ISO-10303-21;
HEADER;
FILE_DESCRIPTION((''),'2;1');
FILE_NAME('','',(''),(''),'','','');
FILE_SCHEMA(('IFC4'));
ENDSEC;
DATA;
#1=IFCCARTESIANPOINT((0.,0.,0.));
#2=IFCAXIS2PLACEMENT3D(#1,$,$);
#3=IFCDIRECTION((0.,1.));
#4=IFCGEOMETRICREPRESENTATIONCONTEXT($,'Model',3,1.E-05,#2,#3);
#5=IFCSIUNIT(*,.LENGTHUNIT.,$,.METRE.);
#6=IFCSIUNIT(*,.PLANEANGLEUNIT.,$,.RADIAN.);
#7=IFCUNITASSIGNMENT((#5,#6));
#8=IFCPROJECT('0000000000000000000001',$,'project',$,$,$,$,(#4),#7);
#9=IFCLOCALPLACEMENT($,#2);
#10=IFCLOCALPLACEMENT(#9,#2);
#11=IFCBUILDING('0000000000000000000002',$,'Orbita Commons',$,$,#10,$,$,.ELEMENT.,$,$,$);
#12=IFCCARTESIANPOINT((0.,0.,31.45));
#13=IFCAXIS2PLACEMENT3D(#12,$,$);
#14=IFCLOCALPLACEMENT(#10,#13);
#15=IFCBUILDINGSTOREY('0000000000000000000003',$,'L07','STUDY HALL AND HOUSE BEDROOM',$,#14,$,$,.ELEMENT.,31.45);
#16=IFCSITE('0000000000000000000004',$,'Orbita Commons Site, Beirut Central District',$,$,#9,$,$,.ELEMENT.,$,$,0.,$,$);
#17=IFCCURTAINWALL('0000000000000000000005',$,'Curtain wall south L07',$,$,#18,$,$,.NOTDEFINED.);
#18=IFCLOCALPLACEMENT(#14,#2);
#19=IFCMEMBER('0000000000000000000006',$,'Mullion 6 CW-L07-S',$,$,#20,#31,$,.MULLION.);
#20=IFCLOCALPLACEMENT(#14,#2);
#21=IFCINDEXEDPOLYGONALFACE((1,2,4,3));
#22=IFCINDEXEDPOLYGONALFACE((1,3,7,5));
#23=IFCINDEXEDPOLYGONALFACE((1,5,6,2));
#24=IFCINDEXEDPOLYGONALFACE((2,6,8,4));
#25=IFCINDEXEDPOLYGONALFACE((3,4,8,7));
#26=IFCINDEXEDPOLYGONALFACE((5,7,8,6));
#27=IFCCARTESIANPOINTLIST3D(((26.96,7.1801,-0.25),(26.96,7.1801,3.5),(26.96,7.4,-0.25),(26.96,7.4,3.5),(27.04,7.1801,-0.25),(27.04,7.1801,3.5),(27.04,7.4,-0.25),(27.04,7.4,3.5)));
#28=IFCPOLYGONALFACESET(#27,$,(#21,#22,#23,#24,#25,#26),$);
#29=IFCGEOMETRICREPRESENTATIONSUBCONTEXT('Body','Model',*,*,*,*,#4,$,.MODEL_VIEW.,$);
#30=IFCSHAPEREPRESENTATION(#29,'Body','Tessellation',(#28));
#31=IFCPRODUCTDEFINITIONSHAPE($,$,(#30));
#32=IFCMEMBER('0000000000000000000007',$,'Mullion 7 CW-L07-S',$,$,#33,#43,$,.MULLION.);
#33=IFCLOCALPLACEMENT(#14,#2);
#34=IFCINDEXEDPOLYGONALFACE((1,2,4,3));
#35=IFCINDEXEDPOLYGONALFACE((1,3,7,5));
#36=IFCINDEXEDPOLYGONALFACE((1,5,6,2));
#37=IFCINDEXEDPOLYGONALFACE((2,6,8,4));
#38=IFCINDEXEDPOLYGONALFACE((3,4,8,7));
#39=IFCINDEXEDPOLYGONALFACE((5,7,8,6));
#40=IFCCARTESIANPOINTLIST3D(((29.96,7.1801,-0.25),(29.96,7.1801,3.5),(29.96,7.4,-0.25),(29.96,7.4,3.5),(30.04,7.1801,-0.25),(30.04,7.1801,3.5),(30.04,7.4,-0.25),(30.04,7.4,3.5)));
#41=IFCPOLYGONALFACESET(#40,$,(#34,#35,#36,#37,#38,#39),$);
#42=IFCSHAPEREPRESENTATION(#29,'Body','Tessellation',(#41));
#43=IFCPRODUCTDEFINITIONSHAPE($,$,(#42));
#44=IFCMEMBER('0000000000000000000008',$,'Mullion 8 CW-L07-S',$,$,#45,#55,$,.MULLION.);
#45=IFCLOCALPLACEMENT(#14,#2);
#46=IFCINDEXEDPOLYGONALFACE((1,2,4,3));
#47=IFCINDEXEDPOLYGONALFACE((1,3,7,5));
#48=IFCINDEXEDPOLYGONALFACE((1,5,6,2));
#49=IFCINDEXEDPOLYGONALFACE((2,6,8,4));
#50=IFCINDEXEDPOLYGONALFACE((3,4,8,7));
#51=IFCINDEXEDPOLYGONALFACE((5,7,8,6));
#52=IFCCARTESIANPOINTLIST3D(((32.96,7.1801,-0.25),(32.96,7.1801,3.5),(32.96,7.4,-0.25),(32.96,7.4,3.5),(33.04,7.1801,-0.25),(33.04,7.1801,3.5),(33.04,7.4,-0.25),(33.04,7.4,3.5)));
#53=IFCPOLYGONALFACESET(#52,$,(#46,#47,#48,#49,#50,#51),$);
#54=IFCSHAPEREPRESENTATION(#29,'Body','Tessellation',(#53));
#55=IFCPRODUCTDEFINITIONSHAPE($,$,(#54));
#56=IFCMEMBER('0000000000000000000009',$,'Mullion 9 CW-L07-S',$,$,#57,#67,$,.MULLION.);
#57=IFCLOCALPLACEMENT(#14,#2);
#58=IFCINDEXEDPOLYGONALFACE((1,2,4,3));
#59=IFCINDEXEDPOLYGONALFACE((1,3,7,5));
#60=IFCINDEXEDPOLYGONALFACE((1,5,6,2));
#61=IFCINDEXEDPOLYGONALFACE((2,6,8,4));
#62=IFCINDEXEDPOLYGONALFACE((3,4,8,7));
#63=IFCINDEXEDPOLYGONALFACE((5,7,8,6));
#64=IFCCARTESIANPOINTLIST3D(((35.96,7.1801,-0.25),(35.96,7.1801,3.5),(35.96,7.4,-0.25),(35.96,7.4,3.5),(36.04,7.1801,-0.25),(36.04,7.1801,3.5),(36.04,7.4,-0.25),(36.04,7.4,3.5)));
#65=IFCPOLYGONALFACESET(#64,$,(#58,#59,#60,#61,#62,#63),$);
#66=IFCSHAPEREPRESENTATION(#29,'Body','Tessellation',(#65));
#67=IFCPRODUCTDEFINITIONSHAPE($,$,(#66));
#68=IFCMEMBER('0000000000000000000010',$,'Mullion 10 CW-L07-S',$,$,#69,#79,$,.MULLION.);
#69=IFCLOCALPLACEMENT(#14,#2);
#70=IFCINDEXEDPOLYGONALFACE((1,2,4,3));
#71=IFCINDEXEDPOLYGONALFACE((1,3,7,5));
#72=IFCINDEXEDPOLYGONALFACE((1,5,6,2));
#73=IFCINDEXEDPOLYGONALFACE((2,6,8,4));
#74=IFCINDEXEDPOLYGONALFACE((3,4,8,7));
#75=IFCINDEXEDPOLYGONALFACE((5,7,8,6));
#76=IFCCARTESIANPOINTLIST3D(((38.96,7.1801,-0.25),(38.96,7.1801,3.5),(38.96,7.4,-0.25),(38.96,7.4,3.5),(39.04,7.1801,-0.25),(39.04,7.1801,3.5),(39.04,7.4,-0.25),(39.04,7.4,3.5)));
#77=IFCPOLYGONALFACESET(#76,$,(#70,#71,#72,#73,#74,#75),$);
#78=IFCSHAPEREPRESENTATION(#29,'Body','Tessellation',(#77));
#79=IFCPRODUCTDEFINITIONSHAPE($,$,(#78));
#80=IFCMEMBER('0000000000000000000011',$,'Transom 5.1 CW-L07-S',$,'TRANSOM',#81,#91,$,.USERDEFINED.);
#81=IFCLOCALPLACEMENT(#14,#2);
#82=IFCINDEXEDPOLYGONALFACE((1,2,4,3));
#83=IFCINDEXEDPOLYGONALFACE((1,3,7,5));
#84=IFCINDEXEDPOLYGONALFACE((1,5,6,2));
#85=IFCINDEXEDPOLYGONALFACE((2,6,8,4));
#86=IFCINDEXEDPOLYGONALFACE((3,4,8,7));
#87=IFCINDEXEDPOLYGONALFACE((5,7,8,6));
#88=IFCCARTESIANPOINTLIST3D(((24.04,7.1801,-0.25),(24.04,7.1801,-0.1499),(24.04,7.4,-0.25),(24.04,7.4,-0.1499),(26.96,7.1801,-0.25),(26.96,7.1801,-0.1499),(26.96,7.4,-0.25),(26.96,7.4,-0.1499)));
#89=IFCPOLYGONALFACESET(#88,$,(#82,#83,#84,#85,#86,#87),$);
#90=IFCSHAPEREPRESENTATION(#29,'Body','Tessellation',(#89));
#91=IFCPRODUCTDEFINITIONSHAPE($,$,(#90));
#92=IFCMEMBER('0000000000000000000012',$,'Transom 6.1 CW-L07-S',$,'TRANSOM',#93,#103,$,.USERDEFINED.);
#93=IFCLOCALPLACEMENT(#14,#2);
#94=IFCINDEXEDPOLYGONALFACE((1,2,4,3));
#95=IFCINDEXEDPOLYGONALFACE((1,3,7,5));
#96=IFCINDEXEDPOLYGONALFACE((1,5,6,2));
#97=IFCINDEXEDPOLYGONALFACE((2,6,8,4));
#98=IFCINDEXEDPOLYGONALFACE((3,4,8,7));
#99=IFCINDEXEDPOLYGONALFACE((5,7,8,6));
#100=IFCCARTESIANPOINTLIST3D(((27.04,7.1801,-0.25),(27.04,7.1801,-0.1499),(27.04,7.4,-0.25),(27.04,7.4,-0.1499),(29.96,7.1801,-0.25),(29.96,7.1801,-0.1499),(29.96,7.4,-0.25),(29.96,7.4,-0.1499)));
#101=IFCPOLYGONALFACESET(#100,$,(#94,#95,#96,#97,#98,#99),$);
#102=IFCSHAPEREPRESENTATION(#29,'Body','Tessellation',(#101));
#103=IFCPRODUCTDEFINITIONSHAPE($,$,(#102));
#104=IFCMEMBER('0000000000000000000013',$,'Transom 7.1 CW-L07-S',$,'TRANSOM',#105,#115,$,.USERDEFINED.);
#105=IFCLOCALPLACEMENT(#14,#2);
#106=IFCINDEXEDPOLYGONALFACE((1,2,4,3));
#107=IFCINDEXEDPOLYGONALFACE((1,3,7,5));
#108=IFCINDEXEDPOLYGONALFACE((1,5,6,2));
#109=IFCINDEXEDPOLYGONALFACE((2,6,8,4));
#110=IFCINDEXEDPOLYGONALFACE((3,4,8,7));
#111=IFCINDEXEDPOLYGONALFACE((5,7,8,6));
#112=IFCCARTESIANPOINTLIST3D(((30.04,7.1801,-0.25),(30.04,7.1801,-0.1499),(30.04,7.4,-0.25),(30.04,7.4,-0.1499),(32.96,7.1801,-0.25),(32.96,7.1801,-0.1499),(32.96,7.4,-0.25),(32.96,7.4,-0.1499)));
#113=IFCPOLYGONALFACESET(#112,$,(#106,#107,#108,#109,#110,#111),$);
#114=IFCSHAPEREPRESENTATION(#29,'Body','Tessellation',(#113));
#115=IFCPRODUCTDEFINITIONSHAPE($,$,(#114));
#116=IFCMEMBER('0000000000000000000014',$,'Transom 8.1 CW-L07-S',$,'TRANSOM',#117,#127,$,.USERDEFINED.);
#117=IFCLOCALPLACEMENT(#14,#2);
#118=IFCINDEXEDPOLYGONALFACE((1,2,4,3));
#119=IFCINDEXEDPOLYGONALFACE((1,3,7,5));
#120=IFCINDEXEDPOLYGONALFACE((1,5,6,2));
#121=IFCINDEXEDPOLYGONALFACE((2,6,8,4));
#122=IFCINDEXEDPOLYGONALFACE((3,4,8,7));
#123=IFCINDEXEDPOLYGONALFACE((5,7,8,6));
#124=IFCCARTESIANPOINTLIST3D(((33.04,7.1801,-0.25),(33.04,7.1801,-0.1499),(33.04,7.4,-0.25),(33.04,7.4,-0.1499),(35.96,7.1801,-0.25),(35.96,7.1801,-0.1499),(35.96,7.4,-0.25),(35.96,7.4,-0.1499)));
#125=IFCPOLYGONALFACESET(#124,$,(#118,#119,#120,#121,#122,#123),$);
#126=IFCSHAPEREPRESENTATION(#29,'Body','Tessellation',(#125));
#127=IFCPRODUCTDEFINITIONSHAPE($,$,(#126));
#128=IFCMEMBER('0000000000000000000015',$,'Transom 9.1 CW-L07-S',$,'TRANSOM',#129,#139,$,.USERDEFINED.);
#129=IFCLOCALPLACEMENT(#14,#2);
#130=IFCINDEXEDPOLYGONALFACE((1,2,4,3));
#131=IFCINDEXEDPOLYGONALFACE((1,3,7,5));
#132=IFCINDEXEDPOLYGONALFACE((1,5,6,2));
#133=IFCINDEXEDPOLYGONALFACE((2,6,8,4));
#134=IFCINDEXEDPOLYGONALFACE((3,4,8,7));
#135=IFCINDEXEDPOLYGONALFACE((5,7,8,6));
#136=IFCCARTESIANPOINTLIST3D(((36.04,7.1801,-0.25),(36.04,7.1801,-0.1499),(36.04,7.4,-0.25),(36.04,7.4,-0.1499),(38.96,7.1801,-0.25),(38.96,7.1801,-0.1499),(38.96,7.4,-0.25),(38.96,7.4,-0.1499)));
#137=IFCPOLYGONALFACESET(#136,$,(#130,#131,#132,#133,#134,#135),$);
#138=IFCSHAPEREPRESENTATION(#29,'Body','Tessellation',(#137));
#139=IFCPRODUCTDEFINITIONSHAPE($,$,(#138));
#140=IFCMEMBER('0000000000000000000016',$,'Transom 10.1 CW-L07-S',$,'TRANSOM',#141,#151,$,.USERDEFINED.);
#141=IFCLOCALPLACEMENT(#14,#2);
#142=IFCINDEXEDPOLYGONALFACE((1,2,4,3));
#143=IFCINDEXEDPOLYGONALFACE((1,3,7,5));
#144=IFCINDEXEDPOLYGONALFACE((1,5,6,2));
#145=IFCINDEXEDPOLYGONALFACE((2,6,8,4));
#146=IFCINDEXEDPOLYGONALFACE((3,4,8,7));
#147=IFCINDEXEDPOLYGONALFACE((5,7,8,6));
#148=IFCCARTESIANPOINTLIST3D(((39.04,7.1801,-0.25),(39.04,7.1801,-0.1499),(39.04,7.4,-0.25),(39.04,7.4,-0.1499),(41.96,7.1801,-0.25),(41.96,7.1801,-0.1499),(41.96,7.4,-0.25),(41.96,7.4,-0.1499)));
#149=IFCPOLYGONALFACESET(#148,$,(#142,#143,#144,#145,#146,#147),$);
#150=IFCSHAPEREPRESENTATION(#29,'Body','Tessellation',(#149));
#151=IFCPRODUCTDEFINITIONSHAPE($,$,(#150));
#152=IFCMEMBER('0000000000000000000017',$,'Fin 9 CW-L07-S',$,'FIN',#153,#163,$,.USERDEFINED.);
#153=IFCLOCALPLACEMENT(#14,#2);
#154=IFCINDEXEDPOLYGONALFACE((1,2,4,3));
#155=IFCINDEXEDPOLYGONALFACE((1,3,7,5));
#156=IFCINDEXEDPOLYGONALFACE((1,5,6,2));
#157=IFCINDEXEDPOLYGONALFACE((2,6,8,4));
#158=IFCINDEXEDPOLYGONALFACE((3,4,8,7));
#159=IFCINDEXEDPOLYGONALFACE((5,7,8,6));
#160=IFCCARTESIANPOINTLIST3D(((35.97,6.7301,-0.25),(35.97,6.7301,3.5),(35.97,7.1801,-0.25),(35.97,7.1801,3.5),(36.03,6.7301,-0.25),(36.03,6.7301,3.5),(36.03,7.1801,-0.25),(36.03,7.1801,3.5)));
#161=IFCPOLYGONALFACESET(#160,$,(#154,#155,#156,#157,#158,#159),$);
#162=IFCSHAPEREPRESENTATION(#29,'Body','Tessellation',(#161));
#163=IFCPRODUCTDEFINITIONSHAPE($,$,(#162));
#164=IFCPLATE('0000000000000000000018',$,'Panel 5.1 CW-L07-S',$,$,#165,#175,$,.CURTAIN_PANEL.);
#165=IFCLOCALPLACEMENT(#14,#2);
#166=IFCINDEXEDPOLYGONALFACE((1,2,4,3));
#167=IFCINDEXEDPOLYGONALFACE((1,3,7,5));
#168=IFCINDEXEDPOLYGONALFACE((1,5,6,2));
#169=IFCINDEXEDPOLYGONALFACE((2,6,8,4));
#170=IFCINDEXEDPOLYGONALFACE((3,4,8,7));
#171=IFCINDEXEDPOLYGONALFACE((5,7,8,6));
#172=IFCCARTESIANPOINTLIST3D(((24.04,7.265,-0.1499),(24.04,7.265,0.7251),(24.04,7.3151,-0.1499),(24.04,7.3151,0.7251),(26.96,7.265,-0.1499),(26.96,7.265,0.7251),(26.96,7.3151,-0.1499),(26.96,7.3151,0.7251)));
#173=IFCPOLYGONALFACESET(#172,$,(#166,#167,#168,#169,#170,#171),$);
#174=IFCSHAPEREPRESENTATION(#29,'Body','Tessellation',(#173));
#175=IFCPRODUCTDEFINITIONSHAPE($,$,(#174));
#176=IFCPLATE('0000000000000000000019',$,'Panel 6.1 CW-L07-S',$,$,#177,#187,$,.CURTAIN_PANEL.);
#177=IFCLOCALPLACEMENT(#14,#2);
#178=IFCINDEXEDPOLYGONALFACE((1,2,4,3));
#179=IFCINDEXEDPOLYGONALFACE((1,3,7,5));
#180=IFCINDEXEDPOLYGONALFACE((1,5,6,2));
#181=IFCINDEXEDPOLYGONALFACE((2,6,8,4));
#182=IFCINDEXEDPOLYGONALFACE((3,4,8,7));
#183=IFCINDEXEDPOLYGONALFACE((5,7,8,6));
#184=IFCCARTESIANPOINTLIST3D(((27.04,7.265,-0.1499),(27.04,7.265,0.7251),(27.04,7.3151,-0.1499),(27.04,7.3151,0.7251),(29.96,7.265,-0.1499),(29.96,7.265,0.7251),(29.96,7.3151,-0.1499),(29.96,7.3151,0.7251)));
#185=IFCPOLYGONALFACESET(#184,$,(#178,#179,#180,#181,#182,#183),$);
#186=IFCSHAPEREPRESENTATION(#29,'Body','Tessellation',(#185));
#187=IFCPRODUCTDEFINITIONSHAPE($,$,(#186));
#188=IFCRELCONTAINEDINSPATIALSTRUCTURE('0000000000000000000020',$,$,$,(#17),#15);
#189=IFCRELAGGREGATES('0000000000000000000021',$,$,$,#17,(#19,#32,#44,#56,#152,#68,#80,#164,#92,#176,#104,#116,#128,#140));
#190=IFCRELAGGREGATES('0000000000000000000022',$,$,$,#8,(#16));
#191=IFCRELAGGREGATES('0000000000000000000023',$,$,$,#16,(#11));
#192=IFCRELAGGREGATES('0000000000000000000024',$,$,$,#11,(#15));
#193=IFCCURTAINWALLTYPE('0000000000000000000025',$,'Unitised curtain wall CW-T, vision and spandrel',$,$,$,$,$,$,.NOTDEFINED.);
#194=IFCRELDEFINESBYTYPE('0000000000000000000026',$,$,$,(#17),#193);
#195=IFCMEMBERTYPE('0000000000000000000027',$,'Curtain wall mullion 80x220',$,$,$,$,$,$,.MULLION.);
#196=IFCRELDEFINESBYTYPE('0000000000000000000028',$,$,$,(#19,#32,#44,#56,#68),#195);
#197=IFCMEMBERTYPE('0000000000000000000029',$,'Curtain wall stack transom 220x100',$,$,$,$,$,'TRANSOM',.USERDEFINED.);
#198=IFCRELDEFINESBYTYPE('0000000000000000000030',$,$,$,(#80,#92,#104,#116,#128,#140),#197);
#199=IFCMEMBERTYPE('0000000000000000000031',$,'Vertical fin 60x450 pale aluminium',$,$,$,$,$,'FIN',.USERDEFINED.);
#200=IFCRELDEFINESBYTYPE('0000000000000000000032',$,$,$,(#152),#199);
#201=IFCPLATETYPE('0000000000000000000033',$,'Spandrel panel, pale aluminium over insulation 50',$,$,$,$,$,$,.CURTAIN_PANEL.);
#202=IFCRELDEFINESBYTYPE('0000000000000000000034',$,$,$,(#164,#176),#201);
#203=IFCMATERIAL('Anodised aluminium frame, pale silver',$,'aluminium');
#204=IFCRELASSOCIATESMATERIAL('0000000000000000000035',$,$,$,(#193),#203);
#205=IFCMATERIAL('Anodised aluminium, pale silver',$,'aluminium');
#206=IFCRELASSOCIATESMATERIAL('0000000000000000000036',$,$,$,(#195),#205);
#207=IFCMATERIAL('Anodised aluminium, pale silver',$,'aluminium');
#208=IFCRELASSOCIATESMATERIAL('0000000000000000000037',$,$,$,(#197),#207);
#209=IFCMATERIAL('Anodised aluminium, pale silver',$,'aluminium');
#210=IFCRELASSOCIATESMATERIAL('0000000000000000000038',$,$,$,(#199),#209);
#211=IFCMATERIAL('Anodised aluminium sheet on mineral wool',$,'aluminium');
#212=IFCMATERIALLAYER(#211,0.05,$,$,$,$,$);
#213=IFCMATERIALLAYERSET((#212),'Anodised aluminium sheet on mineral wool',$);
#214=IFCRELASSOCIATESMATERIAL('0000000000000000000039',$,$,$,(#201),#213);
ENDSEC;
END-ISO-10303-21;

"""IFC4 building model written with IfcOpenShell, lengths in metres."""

from ifc_helpers import new_model, si_unit, direction, frame, origin, origin_2d, place, context, subcontext, project, spatial, rectangle, extrude, material, layer, layer_set, material_profile, profile_set, type_object, element, aggregate, save


model = new_model("IFC4")

# Units and contexts
model_context = context("Model", 3, precision=1e-05, world=origin(), true_north=direction((0.0, 1.0)))
body_context = subcontext(model_context, "Body", "Model", "MODEL_VIEW")
ifc_project = project(units=[si_unit("LENGTHUNIT", "METRE"), si_unit("PLANEANGLEUNIT", "RADIAN")], contexts=[model_context])

# Site, building, storey
site_placement = place(None, origin())
site = spatial("IfcSite", under=ifc_project, at=site_placement, Name="Orbita Commons Site, Beirut Central District", CompositionType="ELEMENT", RefElevation=0.0)
building_placement = place(site_placement, origin())
building = spatial("IfcBuilding", under=site, at=building_placement, Name="Orbita Commons", CompositionType="ELEMENT")
storey_placement = place(building_placement, frame((0.0, 0.0, 31.45)))
storey = spatial("IfcBuildingStorey", under=building, at=storey_placement, Name="L07", Description="STUDY HALL AND HOUSE BEDROOM", CompositionType="ELEMENT", Elevation=31.45)

# Curtain wall, members, plates
ifc_material_1 = material(Name="Anodised aluminium frame, pale silver", Category="aluminium")
curtain_wall_type = type_object("IfcCurtainWallType", Name="Unitised curtain wall CW-T, vision and spandrel", PredefinedType="NOTDEFINED", material=ifc_material_1)
curtain_wall_placement = place(storey_placement, origin())
curtain_wall = element("IfcCurtainWall", 1, at=curtain_wall_placement, inside=storey, type_object=curtain_wall_type, Name="Curtain wall south L07", PredefinedType="NOTDEFINED")
ifc_material_2 = material(Name="Anodised aluminium, pale silver", Category="aluminium")
ifc_material_profile_1 = material_profile(ifc_material_2, rectangle(XDim=0.0801, YDim=0.22, at=origin_2d()), Name="AL 80x220")
ifc_profile_set_1 = profile_set([ifc_material_profile_1], Name="Anodised aluminium, pale silver")
member_type_1 = type_object("IfcMemberType", Name="Curtain wall mullion 80x220", PredefinedType="MULLION", material=ifc_profile_set_1)
member_1_placement = place(storey_placement, frame((27.0, 7.29, -0.25), z_axis=(0.0, 0.0, 1.0), x_axis=(1.0, 0.0, 0.0)))
member_1 = element("IfcMember", 2, at=member_1_placement, type_object=member_type_1, Name="Mullion 6 CW-L07-S", PredefinedType="MULLION", context=body_context, shape_type="SweptSolid", body=[
    extrude(rectangle(XDim=0.0801, YDim=0.22, at=origin_2d()), origin(), (0.0, 0.0, 1.0), 3.75),
])
member_2_placement = place(storey_placement, frame((30.0, 7.29, -0.25), z_axis=(0.0, 0.0, 1.0), x_axis=(1.0, 0.0, 0.0)))
member_2 = element("IfcMember", 3, at=member_2_placement, type_object=member_type_1, Name="Mullion 7 CW-L07-S", PredefinedType="MULLION", context=body_context, shape_type="SweptSolid", body=[
    extrude(rectangle(XDim=0.0801, YDim=0.22, at=origin_2d()), origin(), (0.0, 0.0, 1.0), 3.75),
])
member_3_placement = place(storey_placement, frame((33.0, 7.29, -0.25), z_axis=(0.0, 0.0, 1.0), x_axis=(1.0, 0.0, 0.0)))
member_3 = element("IfcMember", 4, at=member_3_placement, type_object=member_type_1, Name="Mullion 8 CW-L07-S", PredefinedType="MULLION", context=body_context, shape_type="SweptSolid", body=[
    extrude(rectangle(XDim=0.0801, YDim=0.22, at=origin_2d()), origin(), (0.0, 0.0, 1.0), 3.75),
])
member_4_placement = place(storey_placement, frame((36.0, 7.29, -0.25), z_axis=(0.0, 0.0, 1.0), x_axis=(1.0, 0.0, 0.0)))
member_4 = element("IfcMember", 5, at=member_4_placement, type_object=member_type_1, Name="Mullion 9 CW-L07-S", PredefinedType="MULLION", context=body_context, shape_type="SweptSolid", body=[
    extrude(rectangle(XDim=0.0801, YDim=0.22, at=origin_2d()), origin(), (0.0, 0.0, 1.0), 3.75),
])
member_5_placement = place(storey_placement, frame((39.0, 7.29, -0.25), z_axis=(0.0, 0.0, 1.0), x_axis=(1.0, 0.0, 0.0)))
member_5 = element("IfcMember", 6, at=member_5_placement, type_object=member_type_1, Name="Mullion 10 CW-L07-S", PredefinedType="MULLION", context=body_context, shape_type="SweptSolid", body=[
    extrude(rectangle(XDim=0.0801, YDim=0.22, at=origin_2d()), origin(), (0.0, 0.0, 1.0), 3.75),
])
ifc_material_3 = material(Name="Anodised aluminium, pale silver", Category="aluminium")
ifc_material_profile_2 = material_profile(ifc_material_3, rectangle(XDim=0.22, YDim=0.1001, at=origin_2d()), Name="AL 220x100")
ifc_profile_set_2 = profile_set([ifc_material_profile_2], Name="Anodised aluminium, pale silver")
member_type_2 = type_object("IfcMemberType", Name="Curtain wall stack transom 220x100", ElementType="TRANSOM", PredefinedType="USERDEFINED", material=ifc_profile_set_2)
member_6_placement = place(storey_placement, frame((24.04, 7.29, -0.2), z_axis=(1.0, 0.0, 0.0), x_axis=(0.0, 1.0, 0.0)))
member_6 = element("IfcMember", 7, at=member_6_placement, type_object=member_type_2, Name="Transom 5.1 CW-L07-S", ObjectType="TRANSOM", PredefinedType="USERDEFINED", context=body_context, shape_type="SweptSolid", body=[
    extrude(rectangle(XDim=0.22, YDim=0.1001, at=origin_2d()), origin(), (0.0, 0.0, 1.0), 2.9199),
])
member_7_placement = place(storey_placement, frame((27.04, 7.29, -0.2), z_axis=(1.0, 0.0, 0.0), x_axis=(0.0, 1.0, 0.0)))
member_7 = element("IfcMember", 8, at=member_7_placement, type_object=member_type_2, Name="Transom 6.1 CW-L07-S", ObjectType="TRANSOM", PredefinedType="USERDEFINED", context=body_context, shape_type="SweptSolid", body=[
    extrude(rectangle(XDim=0.22, YDim=0.1001, at=origin_2d()), origin(), (0.0, 0.0, 1.0), 2.9199),
])
member_8_placement = place(storey_placement, frame((30.04, 7.29, -0.2), z_axis=(1.0, 0.0, 0.0), x_axis=(0.0, 1.0, 0.0)))
member_8 = element("IfcMember", 9, at=member_8_placement, type_object=member_type_2, Name="Transom 7.1 CW-L07-S", ObjectType="TRANSOM", PredefinedType="USERDEFINED", context=body_context, shape_type="SweptSolid", body=[
    extrude(rectangle(XDim=0.22, YDim=0.1001, at=origin_2d()), origin(), (0.0, 0.0, 1.0), 2.9199),
])
member_9_placement = place(storey_placement, frame((33.04, 7.29, -0.2), z_axis=(1.0, 0.0, 0.0), x_axis=(0.0, 1.0, 0.0)))
member_9 = element("IfcMember", 10, at=member_9_placement, type_object=member_type_2, Name="Transom 8.1 CW-L07-S", ObjectType="TRANSOM", PredefinedType="USERDEFINED", context=body_context, shape_type="SweptSolid", body=[
    extrude(rectangle(XDim=0.22, YDim=0.1001, at=origin_2d()), origin(), (0.0, 0.0, 1.0), 2.9199),
])
member_10_placement = place(storey_placement, frame((36.04, 7.29, -0.2), z_axis=(1.0, 0.0, 0.0), x_axis=(0.0, 1.0, 0.0)))
member_10 = element("IfcMember", 11, at=member_10_placement, type_object=member_type_2, Name="Transom 9.1 CW-L07-S", ObjectType="TRANSOM", PredefinedType="USERDEFINED", context=body_context, shape_type="SweptSolid", body=[
    extrude(rectangle(XDim=0.22, YDim=0.1001, at=origin_2d()), origin(), (0.0, 0.0, 1.0), 2.9199),
])
member_11_placement = place(storey_placement, frame((39.04, 7.29, -0.2), z_axis=(1.0, 0.0, 0.0), x_axis=(0.0, 1.0, 0.0)))
member_11 = element("IfcMember", 12, at=member_11_placement, type_object=member_type_2, Name="Transom 10.1 CW-L07-S", ObjectType="TRANSOM", PredefinedType="USERDEFINED", context=body_context, shape_type="SweptSolid", body=[
    extrude(rectangle(XDim=0.22, YDim=0.1001, at=origin_2d()), origin(), (0.0, 0.0, 1.0), 2.9199),
])
ifc_material_4 = material(Name="Anodised aluminium, pale silver", Category="aluminium")
ifc_material_profile_3 = material_profile(ifc_material_4, rectangle(XDim=0.0601, YDim=0.45, at=origin_2d()), Name="FIN 60x450")
ifc_profile_set_3 = profile_set([ifc_material_profile_3], Name="Anodised aluminium, pale silver")
member_type_3 = type_object("IfcMemberType", Name="Vertical fin 60x450 pale aluminium", ElementType="FIN", PredefinedType="USERDEFINED", material=ifc_profile_set_3)
member_12_placement = place(storey_placement, frame((36.0, 6.9551, -0.25), z_axis=(0.0, 0.0, 1.0), x_axis=(1.0, 0.0, 0.0)))
member_12 = element("IfcMember", 13, at=member_12_placement, type_object=member_type_3, Name="Fin 9 CW-L07-S", ObjectType="FIN", PredefinedType="USERDEFINED", context=body_context, shape_type="SweptSolid", body=[
    extrude(rectangle(XDim=0.0601, YDim=0.45, at=origin_2d()), origin(), (0.0, 0.0, 1.0), 3.75),
])
ifc_material_5 = material(Name="Anodised aluminium sheet on mineral wool", Category="aluminium")
ifc_layer_1 = layer(ifc_material_5, 0.05)
ifc_layer_set_1 = layer_set([ifc_layer_1], Name="Anodised aluminium sheet on mineral wool")
plate_type_1 = type_object("IfcPlateType", Name="Spandrel panel, pale aluminium over insulation 50", PredefinedType="CURTAIN_PANEL", material=ifc_layer_set_1)
plate_1_placement = place(storey_placement, frame((25.5, 7.29, -0.1499), z_axis=(0.0, 0.0, 1.0), x_axis=(1.0, 0.0, 0.0)))
plate_1 = element("IfcPlate", 14, at=plate_1_placement, type_object=plate_type_1, Name="Panel 5.1 CW-L07-S", PredefinedType="CURTAIN_PANEL", context=body_context, shape_type="SweptSolid", body=[
    extrude(rectangle(XDim=2.9199, YDim=0.05, at=origin_2d()), origin(), (0.0, 0.0, 1.0), 0.875),
])
plate_2_placement = place(storey_placement, frame((28.5, 7.29, -0.1499), z_axis=(0.0, 0.0, 1.0), x_axis=(1.0, 0.0, 0.0)))
plate_2 = element("IfcPlate", 15, at=plate_2_placement, type_object=plate_type_1, Name="Panel 6.1 CW-L07-S", PredefinedType="CURTAIN_PANEL", context=body_context, shape_type="SweptSolid", body=[
    extrude(rectangle(XDim=2.9199, YDim=0.05, at=origin_2d()), origin(), (0.0, 0.0, 1.0), 0.875),
])
aggregate(curtain_wall, [member_1, member_2, member_3, member_4, member_12, member_5, member_6, plate_1, member_7, plate_2, member_8, member_9, member_10, member_11])

save(model, "model.ifc")
